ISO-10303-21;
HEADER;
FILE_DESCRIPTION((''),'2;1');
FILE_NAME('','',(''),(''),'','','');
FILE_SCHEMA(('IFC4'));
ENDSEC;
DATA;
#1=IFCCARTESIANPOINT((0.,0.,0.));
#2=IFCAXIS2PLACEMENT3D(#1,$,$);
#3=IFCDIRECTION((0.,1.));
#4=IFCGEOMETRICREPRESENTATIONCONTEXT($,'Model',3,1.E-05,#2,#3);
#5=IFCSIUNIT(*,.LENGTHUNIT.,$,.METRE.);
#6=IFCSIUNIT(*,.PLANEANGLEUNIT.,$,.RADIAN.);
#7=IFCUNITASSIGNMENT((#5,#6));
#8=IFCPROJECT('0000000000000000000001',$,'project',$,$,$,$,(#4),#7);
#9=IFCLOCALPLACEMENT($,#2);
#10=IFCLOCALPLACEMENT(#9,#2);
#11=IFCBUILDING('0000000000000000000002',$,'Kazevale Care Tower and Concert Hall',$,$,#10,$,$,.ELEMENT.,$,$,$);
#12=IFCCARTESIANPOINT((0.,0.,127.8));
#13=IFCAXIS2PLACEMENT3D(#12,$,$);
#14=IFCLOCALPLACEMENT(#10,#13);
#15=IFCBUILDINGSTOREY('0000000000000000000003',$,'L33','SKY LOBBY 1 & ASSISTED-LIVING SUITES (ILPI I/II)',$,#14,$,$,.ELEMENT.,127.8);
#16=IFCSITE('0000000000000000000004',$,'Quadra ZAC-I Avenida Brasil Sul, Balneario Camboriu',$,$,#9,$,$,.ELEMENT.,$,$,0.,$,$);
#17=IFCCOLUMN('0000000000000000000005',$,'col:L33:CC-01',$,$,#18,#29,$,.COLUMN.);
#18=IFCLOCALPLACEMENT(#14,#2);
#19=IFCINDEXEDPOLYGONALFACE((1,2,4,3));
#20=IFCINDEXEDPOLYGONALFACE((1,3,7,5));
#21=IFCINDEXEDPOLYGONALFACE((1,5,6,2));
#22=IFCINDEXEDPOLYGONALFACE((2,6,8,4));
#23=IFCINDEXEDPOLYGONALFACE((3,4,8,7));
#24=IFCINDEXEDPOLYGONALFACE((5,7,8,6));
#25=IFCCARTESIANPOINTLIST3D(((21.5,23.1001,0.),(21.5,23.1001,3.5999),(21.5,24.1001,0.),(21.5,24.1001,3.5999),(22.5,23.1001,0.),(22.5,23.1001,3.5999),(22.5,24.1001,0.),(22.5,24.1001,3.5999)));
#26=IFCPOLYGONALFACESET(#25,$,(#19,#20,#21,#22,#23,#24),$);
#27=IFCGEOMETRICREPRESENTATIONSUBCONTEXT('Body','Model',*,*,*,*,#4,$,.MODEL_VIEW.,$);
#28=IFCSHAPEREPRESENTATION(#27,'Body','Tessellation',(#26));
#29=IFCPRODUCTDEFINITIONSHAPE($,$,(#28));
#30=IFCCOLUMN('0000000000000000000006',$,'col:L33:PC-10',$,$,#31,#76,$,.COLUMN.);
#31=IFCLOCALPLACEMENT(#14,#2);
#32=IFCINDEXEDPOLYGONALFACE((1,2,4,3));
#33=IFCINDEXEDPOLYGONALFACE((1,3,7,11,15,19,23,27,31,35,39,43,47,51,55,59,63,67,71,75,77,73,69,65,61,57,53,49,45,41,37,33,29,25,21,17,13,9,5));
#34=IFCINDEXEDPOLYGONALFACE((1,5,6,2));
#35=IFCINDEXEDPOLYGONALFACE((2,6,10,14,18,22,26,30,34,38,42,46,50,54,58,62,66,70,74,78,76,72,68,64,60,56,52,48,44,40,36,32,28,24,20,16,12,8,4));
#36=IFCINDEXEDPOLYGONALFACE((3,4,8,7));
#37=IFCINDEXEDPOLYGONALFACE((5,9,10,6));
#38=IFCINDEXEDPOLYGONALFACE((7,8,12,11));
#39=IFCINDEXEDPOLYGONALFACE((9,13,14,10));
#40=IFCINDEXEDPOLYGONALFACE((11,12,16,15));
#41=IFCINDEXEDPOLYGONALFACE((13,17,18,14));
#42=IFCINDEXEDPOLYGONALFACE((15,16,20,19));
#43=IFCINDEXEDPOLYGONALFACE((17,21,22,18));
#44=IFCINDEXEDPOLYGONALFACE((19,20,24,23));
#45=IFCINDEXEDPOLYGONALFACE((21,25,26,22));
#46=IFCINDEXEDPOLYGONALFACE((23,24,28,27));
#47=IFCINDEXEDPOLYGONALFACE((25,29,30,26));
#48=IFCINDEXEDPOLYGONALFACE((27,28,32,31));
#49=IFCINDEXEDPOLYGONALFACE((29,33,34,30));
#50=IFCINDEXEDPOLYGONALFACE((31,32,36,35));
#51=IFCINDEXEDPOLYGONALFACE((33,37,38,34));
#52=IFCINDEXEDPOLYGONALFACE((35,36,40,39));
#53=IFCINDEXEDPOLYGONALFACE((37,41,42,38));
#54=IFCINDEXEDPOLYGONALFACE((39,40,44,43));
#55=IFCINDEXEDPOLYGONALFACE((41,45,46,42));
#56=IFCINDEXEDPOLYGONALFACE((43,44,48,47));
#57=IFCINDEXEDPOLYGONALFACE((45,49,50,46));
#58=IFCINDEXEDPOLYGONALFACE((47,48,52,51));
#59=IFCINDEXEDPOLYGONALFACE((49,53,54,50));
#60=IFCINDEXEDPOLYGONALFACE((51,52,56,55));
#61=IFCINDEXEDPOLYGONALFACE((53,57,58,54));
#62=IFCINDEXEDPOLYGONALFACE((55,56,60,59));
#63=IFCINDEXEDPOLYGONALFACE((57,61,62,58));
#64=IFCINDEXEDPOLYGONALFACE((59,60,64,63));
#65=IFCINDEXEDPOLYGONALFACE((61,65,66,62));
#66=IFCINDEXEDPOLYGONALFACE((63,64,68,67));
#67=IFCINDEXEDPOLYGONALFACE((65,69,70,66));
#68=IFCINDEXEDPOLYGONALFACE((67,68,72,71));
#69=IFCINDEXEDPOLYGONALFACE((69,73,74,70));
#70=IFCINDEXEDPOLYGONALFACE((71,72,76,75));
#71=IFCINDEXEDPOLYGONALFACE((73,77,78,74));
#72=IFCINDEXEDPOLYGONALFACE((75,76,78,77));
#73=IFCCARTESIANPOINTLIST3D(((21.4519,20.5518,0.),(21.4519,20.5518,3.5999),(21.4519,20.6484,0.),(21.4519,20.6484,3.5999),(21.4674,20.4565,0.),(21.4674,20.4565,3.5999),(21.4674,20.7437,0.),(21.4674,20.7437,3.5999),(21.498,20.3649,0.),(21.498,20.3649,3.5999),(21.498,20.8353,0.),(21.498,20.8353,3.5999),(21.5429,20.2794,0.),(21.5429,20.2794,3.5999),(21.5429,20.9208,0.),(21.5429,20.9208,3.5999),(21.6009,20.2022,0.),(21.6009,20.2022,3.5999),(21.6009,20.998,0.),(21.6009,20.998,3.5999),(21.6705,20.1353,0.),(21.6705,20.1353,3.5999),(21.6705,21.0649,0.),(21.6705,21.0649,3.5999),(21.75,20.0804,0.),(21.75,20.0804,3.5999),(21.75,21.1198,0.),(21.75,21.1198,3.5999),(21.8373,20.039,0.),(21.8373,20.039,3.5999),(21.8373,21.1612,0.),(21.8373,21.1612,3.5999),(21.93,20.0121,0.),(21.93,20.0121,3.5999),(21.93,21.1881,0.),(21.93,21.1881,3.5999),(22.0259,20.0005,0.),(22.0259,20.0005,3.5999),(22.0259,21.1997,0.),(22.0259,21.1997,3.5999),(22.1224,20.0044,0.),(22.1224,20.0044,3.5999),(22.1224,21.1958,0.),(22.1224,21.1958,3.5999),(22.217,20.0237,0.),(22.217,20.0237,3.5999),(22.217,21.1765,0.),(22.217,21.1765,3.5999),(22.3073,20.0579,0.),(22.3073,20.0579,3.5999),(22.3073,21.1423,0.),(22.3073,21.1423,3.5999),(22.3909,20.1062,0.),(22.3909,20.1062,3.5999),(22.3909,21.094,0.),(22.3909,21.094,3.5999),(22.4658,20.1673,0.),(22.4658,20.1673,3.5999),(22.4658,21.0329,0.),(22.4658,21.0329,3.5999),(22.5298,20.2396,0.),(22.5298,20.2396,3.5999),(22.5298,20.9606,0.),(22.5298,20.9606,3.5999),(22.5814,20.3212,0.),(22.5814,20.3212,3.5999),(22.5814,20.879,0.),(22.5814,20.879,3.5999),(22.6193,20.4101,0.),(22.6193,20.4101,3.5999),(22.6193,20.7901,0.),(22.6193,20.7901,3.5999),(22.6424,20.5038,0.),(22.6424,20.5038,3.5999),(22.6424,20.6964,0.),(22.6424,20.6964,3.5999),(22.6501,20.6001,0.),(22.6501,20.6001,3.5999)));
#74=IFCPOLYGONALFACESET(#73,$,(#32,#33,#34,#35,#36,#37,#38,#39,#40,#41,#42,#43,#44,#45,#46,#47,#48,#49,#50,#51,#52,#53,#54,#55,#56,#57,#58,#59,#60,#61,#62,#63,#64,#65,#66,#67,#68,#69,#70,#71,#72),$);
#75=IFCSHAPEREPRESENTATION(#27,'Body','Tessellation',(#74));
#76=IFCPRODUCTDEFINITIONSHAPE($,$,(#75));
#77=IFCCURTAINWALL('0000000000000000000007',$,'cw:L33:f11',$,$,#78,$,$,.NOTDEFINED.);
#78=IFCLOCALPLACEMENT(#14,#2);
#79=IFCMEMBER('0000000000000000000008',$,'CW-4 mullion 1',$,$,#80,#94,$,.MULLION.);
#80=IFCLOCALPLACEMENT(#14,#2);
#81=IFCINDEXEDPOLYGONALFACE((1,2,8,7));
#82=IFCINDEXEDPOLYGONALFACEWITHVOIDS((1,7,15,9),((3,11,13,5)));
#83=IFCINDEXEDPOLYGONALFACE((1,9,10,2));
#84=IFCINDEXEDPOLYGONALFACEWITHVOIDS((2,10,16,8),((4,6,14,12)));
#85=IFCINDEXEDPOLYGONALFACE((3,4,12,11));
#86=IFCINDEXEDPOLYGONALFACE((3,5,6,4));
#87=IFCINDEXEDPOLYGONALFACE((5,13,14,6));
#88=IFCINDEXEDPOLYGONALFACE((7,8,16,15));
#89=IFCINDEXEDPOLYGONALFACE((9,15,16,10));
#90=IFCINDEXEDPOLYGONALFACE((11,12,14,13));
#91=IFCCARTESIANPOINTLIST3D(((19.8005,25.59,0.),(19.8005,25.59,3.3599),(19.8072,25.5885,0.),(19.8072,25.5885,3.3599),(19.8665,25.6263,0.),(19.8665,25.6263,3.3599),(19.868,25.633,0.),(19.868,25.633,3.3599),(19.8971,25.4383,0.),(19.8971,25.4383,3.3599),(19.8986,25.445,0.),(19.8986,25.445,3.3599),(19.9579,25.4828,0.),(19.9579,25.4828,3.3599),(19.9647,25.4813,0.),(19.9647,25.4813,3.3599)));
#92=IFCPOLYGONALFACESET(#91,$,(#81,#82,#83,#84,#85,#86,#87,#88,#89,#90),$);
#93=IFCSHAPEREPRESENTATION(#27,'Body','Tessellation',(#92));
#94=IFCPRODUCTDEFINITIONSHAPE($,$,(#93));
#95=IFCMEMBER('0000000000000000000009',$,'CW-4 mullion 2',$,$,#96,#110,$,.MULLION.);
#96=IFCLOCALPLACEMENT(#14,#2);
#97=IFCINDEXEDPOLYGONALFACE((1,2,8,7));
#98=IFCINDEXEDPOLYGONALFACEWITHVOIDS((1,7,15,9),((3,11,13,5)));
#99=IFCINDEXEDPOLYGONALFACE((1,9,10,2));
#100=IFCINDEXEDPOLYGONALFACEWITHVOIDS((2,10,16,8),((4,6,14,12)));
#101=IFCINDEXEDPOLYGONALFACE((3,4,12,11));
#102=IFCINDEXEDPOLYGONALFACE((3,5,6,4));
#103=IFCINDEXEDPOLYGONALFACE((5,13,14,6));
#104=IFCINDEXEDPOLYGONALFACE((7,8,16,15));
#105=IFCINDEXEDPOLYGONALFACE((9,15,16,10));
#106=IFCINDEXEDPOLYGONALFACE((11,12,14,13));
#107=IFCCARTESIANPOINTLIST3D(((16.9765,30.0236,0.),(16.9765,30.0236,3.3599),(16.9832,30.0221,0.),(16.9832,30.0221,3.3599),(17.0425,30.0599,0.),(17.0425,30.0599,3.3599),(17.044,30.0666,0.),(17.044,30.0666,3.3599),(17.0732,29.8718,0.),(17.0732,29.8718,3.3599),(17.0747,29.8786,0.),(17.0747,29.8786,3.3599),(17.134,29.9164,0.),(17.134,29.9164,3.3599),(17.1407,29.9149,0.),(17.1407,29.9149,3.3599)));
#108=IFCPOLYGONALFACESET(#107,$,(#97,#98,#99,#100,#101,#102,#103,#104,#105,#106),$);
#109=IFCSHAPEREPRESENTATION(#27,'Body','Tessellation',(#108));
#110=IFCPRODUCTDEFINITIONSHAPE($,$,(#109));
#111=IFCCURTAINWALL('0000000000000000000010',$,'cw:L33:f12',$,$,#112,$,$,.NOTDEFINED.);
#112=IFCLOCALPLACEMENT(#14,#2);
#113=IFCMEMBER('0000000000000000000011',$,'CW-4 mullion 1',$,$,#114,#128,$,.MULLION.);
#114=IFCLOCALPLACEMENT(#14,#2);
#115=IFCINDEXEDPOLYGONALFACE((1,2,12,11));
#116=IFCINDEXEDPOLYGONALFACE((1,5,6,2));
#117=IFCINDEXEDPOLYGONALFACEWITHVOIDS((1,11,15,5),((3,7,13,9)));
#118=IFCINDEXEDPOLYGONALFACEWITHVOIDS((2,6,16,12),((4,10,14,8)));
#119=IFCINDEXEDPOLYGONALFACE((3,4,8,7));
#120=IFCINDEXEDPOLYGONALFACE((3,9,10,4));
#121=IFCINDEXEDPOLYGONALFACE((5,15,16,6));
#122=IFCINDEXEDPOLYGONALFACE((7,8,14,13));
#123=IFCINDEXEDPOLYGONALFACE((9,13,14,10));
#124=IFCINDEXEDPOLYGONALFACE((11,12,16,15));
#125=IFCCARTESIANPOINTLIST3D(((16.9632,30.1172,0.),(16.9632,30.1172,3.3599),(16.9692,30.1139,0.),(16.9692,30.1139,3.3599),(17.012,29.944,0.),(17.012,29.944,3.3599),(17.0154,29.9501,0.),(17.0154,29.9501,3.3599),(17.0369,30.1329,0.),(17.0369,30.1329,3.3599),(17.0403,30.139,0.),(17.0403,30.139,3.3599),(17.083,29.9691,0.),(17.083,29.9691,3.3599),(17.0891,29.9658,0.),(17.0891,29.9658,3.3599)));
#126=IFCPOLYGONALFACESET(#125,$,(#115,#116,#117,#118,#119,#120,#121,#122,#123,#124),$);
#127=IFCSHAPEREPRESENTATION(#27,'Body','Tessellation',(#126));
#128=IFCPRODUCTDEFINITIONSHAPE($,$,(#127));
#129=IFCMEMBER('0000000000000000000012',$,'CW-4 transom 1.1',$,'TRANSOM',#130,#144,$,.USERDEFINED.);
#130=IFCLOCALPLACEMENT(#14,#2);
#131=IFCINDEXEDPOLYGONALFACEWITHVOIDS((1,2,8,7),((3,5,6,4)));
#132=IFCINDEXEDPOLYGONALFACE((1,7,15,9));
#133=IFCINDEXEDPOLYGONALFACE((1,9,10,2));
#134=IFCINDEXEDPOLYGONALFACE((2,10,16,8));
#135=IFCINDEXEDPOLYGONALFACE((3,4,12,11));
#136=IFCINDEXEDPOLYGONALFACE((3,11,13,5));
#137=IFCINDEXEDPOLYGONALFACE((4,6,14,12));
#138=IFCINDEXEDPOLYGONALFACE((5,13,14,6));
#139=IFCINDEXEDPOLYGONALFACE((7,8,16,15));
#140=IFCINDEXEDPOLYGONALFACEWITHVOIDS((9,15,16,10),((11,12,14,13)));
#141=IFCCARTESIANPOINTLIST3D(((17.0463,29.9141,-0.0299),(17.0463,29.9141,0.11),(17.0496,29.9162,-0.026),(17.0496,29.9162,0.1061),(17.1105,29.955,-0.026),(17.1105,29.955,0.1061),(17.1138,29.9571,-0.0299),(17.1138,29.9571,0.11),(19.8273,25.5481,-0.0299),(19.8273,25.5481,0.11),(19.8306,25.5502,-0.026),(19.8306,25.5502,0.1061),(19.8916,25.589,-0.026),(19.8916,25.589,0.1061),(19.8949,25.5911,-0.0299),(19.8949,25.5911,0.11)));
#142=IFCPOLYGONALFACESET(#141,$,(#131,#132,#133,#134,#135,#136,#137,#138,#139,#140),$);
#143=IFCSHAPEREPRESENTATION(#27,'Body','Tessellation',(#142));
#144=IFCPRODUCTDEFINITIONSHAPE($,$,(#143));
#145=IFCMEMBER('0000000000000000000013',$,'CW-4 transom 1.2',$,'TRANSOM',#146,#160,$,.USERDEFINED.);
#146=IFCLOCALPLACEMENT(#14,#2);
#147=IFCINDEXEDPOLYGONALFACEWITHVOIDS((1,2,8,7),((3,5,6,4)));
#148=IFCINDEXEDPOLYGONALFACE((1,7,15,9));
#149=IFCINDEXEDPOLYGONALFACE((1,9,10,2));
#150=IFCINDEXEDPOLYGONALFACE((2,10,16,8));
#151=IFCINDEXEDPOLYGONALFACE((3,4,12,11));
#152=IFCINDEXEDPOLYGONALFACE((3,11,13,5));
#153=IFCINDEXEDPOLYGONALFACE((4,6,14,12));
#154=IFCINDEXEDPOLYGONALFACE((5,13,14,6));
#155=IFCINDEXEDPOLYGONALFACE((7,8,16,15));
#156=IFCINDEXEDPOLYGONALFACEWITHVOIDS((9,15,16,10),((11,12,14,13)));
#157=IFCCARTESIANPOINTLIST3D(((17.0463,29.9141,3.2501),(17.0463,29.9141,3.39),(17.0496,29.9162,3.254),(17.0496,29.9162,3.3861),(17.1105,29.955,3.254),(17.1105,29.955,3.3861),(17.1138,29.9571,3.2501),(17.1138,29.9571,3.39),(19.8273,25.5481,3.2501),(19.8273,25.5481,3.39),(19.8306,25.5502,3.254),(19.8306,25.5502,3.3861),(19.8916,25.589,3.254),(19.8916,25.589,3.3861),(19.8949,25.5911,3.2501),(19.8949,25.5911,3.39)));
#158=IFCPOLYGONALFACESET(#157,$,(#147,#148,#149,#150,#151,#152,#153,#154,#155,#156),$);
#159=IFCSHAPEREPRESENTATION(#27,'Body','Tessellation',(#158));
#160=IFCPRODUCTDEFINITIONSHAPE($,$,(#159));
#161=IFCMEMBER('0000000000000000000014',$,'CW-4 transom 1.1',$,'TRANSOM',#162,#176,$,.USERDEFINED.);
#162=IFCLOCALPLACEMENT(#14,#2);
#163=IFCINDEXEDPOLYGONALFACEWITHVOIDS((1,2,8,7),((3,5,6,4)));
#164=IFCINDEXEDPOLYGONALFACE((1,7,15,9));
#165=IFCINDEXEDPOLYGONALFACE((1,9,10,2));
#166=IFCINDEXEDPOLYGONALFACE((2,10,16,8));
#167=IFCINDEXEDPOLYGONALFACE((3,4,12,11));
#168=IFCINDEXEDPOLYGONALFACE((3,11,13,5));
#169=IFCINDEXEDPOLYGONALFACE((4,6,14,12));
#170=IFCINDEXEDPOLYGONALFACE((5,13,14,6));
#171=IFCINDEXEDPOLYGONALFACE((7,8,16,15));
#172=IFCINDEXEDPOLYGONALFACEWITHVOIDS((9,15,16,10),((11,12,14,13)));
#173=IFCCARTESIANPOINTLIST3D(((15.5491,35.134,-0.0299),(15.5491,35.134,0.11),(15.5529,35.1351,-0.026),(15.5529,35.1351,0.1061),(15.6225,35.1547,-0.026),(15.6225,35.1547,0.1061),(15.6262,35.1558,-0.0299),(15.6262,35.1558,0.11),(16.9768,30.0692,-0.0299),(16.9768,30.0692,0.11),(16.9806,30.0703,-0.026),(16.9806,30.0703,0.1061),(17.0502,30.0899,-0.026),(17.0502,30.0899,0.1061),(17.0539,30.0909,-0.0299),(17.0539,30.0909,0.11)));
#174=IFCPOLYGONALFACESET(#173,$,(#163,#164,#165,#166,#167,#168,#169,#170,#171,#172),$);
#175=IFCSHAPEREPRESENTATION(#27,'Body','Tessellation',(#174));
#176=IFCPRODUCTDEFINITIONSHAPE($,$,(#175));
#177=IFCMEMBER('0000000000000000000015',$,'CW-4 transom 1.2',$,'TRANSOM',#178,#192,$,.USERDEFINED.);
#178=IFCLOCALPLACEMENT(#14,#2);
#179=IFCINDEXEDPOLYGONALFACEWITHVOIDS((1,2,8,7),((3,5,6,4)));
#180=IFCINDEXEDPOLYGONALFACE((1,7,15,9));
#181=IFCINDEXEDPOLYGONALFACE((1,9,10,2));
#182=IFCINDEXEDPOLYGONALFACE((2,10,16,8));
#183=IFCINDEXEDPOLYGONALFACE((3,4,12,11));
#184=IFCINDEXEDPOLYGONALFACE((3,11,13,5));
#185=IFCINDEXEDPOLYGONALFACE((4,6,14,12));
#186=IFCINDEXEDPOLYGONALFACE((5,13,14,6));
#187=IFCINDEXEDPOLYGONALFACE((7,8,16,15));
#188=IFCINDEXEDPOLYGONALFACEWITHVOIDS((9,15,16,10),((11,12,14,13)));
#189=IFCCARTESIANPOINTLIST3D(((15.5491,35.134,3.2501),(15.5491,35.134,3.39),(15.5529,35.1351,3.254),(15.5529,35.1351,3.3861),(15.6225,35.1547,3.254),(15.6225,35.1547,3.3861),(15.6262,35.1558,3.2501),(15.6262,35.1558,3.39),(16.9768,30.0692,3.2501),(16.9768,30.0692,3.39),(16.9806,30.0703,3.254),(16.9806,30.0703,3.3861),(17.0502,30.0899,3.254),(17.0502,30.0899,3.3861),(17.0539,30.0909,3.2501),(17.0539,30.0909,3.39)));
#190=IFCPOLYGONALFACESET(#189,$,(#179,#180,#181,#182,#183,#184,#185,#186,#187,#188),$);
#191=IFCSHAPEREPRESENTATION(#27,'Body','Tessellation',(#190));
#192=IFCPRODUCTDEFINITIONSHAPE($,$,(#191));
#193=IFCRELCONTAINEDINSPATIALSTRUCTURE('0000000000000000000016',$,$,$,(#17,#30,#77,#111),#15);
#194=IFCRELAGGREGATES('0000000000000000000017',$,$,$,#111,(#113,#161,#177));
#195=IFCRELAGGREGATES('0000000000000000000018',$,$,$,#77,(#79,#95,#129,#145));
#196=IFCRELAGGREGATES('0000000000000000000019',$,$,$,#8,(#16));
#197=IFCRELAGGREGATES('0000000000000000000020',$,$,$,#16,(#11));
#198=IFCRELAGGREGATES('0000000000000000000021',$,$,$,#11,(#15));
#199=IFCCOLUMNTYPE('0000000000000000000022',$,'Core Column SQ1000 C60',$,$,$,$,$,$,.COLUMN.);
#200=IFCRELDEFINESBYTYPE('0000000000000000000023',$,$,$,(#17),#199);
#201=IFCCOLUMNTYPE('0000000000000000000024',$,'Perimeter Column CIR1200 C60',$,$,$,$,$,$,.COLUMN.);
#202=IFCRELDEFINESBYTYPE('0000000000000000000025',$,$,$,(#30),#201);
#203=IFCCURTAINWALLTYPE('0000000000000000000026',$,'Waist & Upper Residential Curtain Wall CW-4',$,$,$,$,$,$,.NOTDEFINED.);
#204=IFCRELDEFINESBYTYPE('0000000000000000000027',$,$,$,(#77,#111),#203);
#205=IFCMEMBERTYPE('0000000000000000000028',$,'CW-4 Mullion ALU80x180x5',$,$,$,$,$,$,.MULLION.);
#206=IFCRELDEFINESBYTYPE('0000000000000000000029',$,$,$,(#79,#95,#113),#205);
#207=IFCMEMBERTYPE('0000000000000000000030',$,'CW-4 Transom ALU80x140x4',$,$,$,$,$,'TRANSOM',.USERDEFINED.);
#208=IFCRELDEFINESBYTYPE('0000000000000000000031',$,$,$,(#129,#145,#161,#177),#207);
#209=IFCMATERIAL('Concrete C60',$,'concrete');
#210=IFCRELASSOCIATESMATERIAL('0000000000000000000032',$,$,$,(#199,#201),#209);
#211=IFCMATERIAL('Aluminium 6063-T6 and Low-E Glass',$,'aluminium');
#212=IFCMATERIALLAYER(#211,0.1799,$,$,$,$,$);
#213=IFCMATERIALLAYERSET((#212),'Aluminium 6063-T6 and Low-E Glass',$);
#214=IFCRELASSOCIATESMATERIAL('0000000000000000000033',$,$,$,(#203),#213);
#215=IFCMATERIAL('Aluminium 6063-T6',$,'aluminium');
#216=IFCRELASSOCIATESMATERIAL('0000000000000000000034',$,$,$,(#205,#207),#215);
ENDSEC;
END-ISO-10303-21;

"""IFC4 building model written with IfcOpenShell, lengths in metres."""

from ifc_helpers import new_model, si_unit, direction, frame, origin, origin_2d, place, context, subcontext, project, spatial, rectangle, hollow_rectangle, circle, extrude, material, layer, layer_set, material_profile, profile_set, type_object, element, aggregate, save


model = new_model("IFC4")

# Units and contexts
model_context = context("Model", 3, precision=1e-05, world=origin(), true_north=direction((0.0, 1.0)))
body_context = subcontext(model_context, "Body", "Model", "MODEL_VIEW")
ifc_project = project(units=[si_unit("LENGTHUNIT", "METRE"), si_unit("PLANEANGLEUNIT", "RADIAN")], contexts=[model_context])

# Site, building, storey
site_placement = place(None, origin())
site = spatial("IfcSite", under=ifc_project, at=site_placement, Name="Quadra ZAC-I Avenida Brasil Sul, Balneario Camboriu", CompositionType="ELEMENT", RefElevation=0.0)
building_placement = place(site_placement, origin())
building = spatial("IfcBuilding", under=site, at=building_placement, Name="Kazevale Care Tower and Concert Hall", CompositionType="ELEMENT")
storey_placement = place(building_placement, frame((0.0, 0.0, 127.8)))
storey = spatial("IfcBuildingStorey", under=building, at=storey_placement, Name="L33", Description="SKY LOBBY 1 & ASSISTED-LIVING SUITES (ILPI I/II)", CompositionType="ELEMENT", Elevation=127.8)

# Columns
ifc_material_1 = material(Name="Concrete C60", Category="concrete")
ifc_material_profile_1 = material_profile(ifc_material_1, rectangle(XDim=1.0, YDim=1.0, at=origin_2d()), Name="RC-SQ1000")
ifc_profile_set_1 = profile_set([ifc_material_profile_1], Name="Concrete C60")
column_type_1 = type_object("IfcColumnType", Name="Core Column SQ1000 C60", PredefinedType="COLUMN", material=ifc_profile_set_1)
column_1_placement = place(storey_placement, frame((22.0, 23.6001, 0.0), z_axis=(0.0, 0.0, 1.0), x_axis=(1.0, 0.0, 0.0)))
element("IfcColumn", 1, at=column_1_placement, inside=storey, type_object=column_type_1, Name="col:L33:CC-01", PredefinedType="COLUMN", context=body_context, shape_type="SweptSolid", body=[
    extrude(rectangle(XDim=1.0, YDim=1.0, at=origin_2d()), origin(), (0.0, 0.0, 1.0), 3.5999),
])
ifc_material_profile_2 = material_profile(ifc_material_1, circle(Radius=0.6001, at=origin_2d()), Name="RC-CIR1200")
ifc_profile_set_2 = profile_set([ifc_material_profile_2], Name="Concrete C60")
column_type_2 = type_object("IfcColumnType", Name="Perimeter Column CIR1200 C60", PredefinedType="COLUMN", material=ifc_profile_set_2)
column_2_placement = place(storey_placement, frame((22.05, 20.6001, 0.0), z_axis=(0.0, 0.0, 1.0), x_axis=(1.0, 0.0, 0.0)))
element("IfcColumn", 2, at=column_2_placement, inside=storey, type_object=column_type_2, Name="col:L33:PC-10", PredefinedType="COLUMN", context=body_context, shape_type="SweptSolid", body=[
    extrude(circle(Radius=0.6001, at=origin_2d()), origin(), (0.0, 0.0, 1.0), 3.5999),
])

# Curtain wall, members
ifc_material_2 = material(Name="Aluminium 6063-T6 and Low-E Glass", Category="aluminium")
ifc_layer_1 = layer(ifc_material_2, 0.1799)
ifc_layer_set_1 = layer_set([ifc_layer_1], Name="Aluminium 6063-T6 and Low-E Glass")
curtain_wall_type_1 = type_object("IfcCurtainWallType", Name="Waist & Upper Residential Curtain Wall CW-4", PredefinedType="NOTDEFINED", material=ifc_layer_set_1)
curtain_wall_1_placement = place(storey_placement, origin())
curtain_wall_1 = element("IfcCurtainWall", 3, at=curtain_wall_1_placement, inside=storey, type_object=curtain_wall_type_1, Name="cw:L33:f11", PredefinedType="NOTDEFINED")
ifc_material_3 = material(Name="Aluminium 6063-T6", Category="aluminium")
ifc_material_profile_3 = material_profile(ifc_material_3, hollow_rectangle(XDim=0.0801, YDim=0.1799, WallThickness=0.0049, at=origin_2d()), Name="ALU80x180x5")
ifc_profile_set_3 = profile_set([ifc_material_profile_3], Name="Aluminium 6063-T6")
member_type_1 = type_object("IfcMemberType", Name="CW-4 Mullion ALU80x180x5", PredefinedType="MULLION", material=ifc_profile_set_3)
member_1_placement = place(storey_placement, frame((19.8826, 25.5356, 0.0), z_axis=(0.0, 0.0, 1.0), x_axis=(-0.84343, -0.537239, 0.0)))
member_1 = element("IfcMember", 4, at=member_1_placement, type_object=member_type_1, Name="CW-4 mullion 1", PredefinedType="MULLION", context=body_context, shape_type="SweptSolid", body=[
    extrude(hollow_rectangle(XDim=0.0801, YDim=0.1799, WallThickness=0.0049, at=origin_2d()), origin(), (0.0, 0.0, 1.0), 3.3599),
])
member_2_placement = place(storey_placement, frame((17.0586, 29.9692, 0.0), z_axis=(0.0, 0.0, 1.0), x_axis=(-0.84343, -0.537239, 0.0)))
member_2 = element("IfcMember", 5, at=member_2_placement, type_object=member_type_1, Name="CW-4 mullion 2", PredefinedType="MULLION", context=body_context, shape_type="SweptSolid", body=[
    extrude(hollow_rectangle(XDim=0.0801, YDim=0.1799, WallThickness=0.0049, at=origin_2d()), origin(), (0.0, 0.0, 1.0), 3.3599),
])

# Curtain wall, member
curtain_wall_2_placement = place(storey_placement, origin())
curtain_wall_2 = element("IfcCurtainWall", 6, at=curtain_wall_2_placement, inside=storey, type_object=curtain_wall_type_1, Name="cw:L33:f12", PredefinedType="NOTDEFINED")
member_3_placement = place(storey_placement, frame((17.0261, 30.0415, 0.0), z_axis=(0.0, 0.0, 1.0), x_axis=(-0.962499, -0.271285, 0.0)))
member_3 = element("IfcMember", 7, at=member_3_placement, type_object=member_type_1, Name="CW-4 mullion 1", PredefinedType="MULLION", context=body_context, shape_type="SweptSolid", body=[
    extrude(hollow_rectangle(XDim=0.0801, YDim=0.1799, WallThickness=0.0049, at=origin_2d()), origin(), (0.0, 0.0, 1.0), 3.3599),
])

# Members
ifc_material_profile_4 = material_profile(ifc_material_3, hollow_rectangle(XDim=0.0801, YDim=0.1399, WallThickness=0.0039, at=origin_2d()), Name="ALU80x140x4")
ifc_profile_set_4 = profile_set([ifc_material_profile_4], Name="Aluminium 6063-T6")
member_type_2 = type_object("IfcMemberType", Name="CW-4 Transom ALU80x140x4", ElementType="TRANSOM", PredefinedType="USERDEFINED", material=ifc_profile_set_4)
member_4_placement = place(storey_placement, frame((19.8611, 25.5696, 0.04), z_axis=(-0.537242, 0.843428, 0.0), x_axis=(-0.843428, -0.537242, 0.0)))
member_4 = element("IfcMember", 8, at=member_4_placement, type_object=member_type_2, Name="CW-4 transom 1.1", ObjectType="TRANSOM", PredefinedType="USERDEFINED", context=body_context, shape_type="SweptSolid", body=[
    extrude(hollow_rectangle(XDim=0.0801, YDim=0.1399, WallThickness=0.0039, at=origin_2d()), origin(), (0.0, 0.0, 1.0), 5.1765),
])
member_5_placement = place(storey_placement, frame((19.8611, 25.5696, 3.3201), z_axis=(-0.537242, 0.843428, 0.0), x_axis=(-0.843428, -0.537242, 0.0)))
member_5 = element("IfcMember", 9, at=member_5_placement, type_object=member_type_2, Name="CW-4 transom 1.2", ObjectType="TRANSOM", PredefinedType="USERDEFINED", context=body_context, shape_type="SweptSolid", body=[
    extrude(hollow_rectangle(XDim=0.0801, YDim=0.1399, WallThickness=0.0039, at=origin_2d()), origin(), (0.0, 0.0, 1.0), 5.1765),
])
member_6_placement = place(storey_placement, frame((17.0154, 30.0801, 0.04), z_axis=(-0.271313, 0.962491, 0.0), x_axis=(-0.962491, -0.271313, 0.0)))
member_6 = element("IfcMember", 10, at=member_6_placement, type_object=member_type_2, Name="CW-4 transom 1.1", ObjectType="TRANSOM", PredefinedType="USERDEFINED", context=body_context, shape_type="SweptSolid", body=[
    extrude(hollow_rectangle(XDim=0.0801, YDim=0.1399, WallThickness=0.0039, at=origin_2d()), origin(), (0.0, 0.0, 1.0), 5.2622),
])
member_7_placement = place(storey_placement, frame((17.0154, 30.0801, 3.3201), z_axis=(-0.271313, 0.962491, 0.0), x_axis=(-0.962491, -0.271313, 0.0)))
member_7 = element("IfcMember", 11, at=member_7_placement, type_object=member_type_2, Name="CW-4 transom 1.2", ObjectType="TRANSOM", PredefinedType="USERDEFINED", context=body_context, shape_type="SweptSolid", body=[
    extrude(hollow_rectangle(XDim=0.0801, YDim=0.1399, WallThickness=0.0039, at=origin_2d()), origin(), (0.0, 0.0, 1.0), 5.2622),
])
aggregate(curtain_wall_2, [member_3, member_6, member_7])

aggregate(curtain_wall_1, [member_1, member_2, member_4, member_5])

save(model, "model.ifc")
